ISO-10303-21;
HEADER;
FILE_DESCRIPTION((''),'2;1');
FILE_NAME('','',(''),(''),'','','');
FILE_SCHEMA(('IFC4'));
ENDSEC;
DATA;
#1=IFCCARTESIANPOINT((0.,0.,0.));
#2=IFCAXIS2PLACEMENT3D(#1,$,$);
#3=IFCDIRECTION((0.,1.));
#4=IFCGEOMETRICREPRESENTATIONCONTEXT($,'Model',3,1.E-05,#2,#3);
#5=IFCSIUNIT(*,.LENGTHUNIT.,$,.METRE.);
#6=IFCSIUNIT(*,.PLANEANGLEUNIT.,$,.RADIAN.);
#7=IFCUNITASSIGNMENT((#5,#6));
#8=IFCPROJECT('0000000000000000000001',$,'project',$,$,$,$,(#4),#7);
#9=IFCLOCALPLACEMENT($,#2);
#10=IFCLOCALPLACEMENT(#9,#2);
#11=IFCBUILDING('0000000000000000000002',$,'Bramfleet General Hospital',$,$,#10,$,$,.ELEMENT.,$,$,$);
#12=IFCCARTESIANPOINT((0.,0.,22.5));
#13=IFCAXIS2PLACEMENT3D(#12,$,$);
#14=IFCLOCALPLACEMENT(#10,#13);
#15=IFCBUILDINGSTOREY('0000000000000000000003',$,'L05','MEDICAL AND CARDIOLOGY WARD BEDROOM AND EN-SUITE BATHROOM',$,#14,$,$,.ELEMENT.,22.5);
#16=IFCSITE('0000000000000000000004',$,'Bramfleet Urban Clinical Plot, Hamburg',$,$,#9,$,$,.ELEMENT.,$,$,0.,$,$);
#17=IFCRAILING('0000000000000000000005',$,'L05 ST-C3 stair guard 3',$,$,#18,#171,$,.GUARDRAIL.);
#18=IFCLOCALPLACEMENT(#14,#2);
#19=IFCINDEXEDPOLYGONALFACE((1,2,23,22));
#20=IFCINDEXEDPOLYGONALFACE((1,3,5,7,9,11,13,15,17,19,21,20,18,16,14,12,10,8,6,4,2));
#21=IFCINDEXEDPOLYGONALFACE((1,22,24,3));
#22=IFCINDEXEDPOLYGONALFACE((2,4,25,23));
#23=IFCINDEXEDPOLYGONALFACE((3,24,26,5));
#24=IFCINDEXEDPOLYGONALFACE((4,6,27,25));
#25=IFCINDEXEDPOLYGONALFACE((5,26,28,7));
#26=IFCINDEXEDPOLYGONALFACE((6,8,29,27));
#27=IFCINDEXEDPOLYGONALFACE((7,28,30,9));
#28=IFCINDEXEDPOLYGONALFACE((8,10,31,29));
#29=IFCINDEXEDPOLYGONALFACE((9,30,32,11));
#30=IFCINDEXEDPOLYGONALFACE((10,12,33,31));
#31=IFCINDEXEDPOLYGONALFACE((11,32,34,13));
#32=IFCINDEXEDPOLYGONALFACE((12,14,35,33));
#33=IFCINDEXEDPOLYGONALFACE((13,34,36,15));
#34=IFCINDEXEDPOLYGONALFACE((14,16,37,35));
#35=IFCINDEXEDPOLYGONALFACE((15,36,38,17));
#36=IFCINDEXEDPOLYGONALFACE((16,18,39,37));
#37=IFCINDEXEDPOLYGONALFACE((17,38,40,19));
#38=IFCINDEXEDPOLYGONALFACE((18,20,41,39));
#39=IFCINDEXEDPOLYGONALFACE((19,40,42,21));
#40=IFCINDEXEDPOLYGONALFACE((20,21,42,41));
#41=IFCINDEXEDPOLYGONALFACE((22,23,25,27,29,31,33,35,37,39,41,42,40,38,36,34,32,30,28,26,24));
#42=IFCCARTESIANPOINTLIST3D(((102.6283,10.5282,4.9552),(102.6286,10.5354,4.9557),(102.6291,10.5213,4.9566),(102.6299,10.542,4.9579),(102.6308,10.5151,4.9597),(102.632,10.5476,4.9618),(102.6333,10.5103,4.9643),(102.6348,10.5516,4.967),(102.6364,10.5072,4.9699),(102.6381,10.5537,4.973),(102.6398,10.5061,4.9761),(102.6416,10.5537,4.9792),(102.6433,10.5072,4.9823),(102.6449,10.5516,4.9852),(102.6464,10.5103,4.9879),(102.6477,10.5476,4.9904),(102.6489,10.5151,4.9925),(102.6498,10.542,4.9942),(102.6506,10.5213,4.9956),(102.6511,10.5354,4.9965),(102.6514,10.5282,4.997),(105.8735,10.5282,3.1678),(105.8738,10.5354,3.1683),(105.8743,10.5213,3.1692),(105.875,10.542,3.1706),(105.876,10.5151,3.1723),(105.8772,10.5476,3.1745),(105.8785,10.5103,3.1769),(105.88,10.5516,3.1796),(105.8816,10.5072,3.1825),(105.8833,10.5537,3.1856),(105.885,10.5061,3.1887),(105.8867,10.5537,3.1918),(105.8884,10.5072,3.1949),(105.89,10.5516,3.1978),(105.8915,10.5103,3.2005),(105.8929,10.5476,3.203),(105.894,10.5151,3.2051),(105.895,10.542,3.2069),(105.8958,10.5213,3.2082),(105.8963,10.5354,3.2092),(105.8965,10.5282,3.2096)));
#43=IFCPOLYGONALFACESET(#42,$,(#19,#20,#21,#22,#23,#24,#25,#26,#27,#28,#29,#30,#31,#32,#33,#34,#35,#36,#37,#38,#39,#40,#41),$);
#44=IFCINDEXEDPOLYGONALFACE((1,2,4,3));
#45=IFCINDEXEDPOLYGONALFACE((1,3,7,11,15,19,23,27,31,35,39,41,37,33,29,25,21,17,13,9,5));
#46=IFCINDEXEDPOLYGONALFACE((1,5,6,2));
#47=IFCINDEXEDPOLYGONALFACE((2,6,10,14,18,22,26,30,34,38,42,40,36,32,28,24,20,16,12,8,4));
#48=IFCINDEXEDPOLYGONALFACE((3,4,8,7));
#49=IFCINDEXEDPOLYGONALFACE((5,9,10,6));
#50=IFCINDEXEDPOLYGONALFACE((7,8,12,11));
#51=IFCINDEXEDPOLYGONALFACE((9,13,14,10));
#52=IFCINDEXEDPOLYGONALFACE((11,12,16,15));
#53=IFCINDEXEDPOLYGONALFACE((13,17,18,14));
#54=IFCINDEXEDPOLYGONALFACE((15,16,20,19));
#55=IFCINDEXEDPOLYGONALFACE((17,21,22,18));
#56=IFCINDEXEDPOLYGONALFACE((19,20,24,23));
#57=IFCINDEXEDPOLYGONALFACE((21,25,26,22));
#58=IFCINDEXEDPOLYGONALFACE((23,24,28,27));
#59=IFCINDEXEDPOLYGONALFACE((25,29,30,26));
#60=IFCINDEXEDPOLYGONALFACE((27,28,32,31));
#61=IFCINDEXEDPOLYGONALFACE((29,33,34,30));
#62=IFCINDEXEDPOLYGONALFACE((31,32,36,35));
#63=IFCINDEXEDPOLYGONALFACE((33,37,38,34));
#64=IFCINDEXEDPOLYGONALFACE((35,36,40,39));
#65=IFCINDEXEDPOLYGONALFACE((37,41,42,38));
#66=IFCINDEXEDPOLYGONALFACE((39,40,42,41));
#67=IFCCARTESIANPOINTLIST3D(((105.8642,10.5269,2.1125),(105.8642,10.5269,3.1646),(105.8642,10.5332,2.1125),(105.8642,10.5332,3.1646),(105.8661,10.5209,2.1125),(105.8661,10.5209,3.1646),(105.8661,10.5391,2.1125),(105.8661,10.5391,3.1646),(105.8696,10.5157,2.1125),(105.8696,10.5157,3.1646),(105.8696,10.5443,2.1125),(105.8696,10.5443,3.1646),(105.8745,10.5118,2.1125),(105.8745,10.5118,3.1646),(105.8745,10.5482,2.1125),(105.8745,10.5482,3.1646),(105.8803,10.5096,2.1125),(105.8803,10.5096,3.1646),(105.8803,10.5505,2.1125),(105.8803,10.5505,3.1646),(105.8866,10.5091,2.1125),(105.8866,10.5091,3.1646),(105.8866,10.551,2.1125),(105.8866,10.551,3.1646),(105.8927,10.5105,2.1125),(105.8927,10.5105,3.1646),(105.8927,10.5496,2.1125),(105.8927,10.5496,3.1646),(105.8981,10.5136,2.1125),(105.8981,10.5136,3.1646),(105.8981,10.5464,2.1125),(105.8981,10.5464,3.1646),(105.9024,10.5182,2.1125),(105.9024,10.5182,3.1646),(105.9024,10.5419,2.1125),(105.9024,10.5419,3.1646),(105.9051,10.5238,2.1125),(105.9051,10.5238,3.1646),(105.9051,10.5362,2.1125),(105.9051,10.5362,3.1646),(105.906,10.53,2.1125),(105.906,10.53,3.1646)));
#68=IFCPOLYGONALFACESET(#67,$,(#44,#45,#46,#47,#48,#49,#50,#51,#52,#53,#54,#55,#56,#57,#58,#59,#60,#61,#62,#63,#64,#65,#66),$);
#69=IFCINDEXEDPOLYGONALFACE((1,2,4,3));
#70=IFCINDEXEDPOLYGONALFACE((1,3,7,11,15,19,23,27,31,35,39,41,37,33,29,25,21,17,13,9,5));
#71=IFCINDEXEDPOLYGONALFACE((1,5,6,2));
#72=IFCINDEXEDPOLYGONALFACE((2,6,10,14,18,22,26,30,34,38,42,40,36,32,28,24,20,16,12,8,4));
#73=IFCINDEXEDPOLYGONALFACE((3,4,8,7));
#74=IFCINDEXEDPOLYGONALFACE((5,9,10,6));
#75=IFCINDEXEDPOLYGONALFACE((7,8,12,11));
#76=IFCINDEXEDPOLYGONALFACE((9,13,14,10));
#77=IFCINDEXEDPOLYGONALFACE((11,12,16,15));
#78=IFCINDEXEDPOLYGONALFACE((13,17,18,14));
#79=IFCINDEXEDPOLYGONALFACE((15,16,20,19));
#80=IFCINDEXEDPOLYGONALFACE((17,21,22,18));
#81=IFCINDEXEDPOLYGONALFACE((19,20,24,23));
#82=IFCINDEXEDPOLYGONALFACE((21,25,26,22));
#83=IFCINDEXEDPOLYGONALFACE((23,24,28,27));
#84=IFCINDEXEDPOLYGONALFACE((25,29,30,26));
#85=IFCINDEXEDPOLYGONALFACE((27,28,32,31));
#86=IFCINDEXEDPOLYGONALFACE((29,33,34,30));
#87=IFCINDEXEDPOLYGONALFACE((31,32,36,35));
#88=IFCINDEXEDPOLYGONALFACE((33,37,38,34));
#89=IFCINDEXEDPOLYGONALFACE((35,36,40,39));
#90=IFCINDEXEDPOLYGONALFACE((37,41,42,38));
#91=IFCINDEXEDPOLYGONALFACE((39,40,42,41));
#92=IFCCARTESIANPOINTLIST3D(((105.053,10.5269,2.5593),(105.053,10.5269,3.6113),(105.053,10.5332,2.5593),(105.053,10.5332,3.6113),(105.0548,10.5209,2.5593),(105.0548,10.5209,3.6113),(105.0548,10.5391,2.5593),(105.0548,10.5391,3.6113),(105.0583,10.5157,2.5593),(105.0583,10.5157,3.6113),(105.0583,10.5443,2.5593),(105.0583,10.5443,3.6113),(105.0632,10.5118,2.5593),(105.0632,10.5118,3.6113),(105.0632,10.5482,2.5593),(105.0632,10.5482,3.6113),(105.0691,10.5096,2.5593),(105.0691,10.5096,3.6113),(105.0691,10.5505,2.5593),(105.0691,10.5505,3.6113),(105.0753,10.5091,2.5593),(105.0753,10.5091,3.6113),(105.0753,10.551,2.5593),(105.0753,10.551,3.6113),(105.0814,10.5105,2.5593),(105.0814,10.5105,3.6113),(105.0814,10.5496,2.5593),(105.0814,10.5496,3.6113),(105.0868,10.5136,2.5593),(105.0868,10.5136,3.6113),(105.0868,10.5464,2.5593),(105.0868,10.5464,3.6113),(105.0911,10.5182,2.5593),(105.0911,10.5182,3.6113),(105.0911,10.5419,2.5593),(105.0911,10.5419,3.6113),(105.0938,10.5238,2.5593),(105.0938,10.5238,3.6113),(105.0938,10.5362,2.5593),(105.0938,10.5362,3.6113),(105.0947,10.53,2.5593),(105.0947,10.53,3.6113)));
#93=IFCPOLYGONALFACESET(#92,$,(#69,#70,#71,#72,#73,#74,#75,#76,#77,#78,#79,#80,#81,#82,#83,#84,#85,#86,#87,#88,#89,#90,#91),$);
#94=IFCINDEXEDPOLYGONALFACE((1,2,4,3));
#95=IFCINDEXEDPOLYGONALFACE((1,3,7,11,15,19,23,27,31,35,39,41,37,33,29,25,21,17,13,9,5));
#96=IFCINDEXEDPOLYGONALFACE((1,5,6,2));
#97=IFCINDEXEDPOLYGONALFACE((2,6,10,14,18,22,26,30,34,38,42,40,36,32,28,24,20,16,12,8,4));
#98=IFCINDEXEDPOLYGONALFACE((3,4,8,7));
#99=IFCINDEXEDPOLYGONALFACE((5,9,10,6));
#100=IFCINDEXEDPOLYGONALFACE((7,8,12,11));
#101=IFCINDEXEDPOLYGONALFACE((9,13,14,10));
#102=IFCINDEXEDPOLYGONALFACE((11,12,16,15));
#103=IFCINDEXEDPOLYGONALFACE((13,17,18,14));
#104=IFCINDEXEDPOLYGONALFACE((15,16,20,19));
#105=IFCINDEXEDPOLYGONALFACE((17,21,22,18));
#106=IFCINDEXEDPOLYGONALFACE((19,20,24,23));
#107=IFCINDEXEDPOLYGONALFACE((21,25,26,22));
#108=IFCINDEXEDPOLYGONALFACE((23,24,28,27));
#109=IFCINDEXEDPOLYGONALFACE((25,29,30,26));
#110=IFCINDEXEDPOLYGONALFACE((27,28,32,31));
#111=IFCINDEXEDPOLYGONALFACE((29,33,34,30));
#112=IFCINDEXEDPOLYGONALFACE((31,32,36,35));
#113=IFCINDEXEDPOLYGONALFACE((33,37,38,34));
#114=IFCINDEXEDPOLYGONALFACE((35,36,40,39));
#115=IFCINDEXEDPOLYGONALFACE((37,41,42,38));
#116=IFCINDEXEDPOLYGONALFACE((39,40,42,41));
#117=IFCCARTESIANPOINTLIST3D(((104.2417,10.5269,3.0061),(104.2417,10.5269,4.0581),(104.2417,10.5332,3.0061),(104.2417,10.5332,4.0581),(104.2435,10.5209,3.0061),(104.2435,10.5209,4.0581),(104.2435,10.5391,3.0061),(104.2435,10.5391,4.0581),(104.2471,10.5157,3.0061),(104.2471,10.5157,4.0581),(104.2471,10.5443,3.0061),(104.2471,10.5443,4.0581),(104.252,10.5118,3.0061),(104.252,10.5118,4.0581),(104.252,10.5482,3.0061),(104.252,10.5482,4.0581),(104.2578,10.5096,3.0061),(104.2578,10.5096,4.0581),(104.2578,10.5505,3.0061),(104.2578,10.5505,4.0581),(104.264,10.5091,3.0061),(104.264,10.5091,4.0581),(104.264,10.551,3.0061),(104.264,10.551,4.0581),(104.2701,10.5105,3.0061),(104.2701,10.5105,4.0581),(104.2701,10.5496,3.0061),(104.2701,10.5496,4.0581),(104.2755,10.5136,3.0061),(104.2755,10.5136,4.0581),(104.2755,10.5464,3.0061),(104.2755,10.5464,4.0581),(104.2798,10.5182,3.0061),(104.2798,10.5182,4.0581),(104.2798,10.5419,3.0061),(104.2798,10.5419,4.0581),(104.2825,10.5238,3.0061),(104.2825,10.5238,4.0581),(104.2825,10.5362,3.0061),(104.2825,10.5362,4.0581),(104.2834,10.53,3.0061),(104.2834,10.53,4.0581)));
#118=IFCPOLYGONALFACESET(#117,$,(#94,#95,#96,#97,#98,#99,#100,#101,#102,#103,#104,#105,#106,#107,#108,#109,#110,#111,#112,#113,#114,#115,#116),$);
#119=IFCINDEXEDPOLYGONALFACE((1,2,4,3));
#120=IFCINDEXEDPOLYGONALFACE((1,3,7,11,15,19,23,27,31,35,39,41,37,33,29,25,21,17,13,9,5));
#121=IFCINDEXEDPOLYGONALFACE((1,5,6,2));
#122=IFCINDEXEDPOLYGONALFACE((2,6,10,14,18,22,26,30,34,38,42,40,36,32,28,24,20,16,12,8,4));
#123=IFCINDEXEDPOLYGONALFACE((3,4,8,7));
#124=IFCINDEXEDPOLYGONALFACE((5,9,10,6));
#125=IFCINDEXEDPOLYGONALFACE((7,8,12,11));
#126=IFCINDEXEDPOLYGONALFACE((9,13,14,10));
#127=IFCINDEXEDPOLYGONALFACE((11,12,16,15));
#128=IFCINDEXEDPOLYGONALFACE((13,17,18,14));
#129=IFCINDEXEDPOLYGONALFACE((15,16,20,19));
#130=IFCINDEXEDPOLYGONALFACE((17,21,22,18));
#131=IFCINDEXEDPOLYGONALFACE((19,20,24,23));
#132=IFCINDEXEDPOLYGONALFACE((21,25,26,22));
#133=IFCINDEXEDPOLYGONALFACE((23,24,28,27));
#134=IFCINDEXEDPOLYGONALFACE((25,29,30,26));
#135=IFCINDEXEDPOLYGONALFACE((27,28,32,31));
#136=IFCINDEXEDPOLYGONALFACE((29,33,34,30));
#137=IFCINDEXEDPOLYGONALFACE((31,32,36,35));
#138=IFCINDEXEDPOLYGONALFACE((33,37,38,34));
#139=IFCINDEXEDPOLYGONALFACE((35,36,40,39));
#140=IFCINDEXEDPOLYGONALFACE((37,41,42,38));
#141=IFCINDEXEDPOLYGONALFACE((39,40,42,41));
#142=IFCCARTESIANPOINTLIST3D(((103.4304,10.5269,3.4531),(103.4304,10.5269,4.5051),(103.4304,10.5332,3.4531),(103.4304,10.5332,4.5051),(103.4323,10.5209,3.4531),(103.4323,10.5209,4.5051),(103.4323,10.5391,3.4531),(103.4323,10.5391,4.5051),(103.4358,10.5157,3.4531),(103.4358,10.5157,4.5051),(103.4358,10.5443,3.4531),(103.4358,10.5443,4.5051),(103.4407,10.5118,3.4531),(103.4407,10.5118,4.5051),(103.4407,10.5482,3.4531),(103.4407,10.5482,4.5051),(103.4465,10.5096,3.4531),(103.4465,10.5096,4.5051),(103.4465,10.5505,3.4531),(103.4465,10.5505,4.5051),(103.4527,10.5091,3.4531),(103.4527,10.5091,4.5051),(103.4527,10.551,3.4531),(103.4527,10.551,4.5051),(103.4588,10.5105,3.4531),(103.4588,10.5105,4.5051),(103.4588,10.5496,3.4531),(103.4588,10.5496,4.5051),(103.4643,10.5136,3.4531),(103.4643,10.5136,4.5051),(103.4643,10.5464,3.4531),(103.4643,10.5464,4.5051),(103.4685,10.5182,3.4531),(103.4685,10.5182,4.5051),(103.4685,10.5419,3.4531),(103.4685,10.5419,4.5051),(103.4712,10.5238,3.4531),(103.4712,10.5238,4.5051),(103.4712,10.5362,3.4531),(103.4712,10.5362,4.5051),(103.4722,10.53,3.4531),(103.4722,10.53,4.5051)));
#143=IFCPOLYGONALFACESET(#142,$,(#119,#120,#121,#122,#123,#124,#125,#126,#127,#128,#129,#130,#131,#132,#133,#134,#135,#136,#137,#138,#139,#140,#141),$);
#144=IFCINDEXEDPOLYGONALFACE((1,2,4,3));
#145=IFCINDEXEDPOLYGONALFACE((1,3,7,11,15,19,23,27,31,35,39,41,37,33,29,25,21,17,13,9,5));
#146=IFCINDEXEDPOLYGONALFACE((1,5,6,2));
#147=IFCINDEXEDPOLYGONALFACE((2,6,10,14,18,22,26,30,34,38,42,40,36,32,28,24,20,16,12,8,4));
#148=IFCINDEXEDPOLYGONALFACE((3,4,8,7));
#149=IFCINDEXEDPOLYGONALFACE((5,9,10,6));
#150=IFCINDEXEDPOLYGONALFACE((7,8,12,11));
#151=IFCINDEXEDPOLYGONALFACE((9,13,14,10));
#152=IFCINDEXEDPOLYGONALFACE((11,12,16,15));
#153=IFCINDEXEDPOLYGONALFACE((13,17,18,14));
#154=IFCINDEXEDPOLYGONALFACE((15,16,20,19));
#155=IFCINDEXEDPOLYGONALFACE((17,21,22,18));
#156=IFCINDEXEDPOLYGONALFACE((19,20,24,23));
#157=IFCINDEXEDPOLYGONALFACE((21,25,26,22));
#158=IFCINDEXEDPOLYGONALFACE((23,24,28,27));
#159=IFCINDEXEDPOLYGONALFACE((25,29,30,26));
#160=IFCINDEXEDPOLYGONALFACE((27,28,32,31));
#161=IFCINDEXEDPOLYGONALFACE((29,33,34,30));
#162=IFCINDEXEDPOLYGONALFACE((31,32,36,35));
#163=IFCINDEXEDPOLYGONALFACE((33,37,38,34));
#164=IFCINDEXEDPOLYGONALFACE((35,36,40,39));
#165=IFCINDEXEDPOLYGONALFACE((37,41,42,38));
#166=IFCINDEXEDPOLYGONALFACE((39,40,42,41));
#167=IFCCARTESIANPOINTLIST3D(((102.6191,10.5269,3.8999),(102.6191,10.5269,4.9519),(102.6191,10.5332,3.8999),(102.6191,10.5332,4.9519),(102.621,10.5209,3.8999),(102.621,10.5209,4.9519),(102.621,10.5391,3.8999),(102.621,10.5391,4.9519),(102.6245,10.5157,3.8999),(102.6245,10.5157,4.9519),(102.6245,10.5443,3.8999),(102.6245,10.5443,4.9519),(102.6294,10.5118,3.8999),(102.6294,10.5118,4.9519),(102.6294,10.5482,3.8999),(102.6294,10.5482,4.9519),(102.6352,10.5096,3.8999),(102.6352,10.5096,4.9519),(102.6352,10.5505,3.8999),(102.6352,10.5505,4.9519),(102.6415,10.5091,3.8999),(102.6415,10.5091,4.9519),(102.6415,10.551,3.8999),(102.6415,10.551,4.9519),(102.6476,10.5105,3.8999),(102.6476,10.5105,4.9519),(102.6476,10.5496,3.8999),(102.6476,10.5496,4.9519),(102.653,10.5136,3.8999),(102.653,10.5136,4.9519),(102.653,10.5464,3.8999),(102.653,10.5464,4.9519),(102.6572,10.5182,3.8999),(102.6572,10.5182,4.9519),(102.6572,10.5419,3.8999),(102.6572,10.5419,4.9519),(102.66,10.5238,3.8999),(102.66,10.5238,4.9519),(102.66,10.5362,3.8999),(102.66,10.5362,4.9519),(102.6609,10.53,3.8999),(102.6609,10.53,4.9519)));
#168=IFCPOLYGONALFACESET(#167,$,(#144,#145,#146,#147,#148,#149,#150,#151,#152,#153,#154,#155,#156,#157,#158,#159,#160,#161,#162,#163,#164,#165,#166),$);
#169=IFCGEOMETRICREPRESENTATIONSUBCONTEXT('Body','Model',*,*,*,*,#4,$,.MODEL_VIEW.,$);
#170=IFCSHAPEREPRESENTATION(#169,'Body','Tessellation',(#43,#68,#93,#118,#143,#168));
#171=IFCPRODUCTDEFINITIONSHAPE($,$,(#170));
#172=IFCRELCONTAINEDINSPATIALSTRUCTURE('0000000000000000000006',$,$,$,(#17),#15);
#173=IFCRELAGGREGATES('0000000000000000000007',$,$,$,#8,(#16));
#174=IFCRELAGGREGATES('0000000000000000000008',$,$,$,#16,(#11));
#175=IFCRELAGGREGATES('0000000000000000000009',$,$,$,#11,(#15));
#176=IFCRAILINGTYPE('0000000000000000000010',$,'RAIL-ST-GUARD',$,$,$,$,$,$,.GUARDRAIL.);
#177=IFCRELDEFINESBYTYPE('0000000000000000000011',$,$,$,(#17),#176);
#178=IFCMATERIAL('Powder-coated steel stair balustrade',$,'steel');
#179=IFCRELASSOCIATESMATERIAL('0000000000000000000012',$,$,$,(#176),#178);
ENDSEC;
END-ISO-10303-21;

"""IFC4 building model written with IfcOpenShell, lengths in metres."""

from ifc_helpers import new_model, si_unit, direction, frame, origin, origin_2d, place, context, subcontext, project, spatial, circle, extrude, material, type_object, element, save


model = new_model("IFC4")

# Units and contexts
model_context = context("Model", 3, precision=1e-05, world=origin(), true_north=direction((0.0, 1.0)))
body_context = subcontext(model_context, "Body", "Model", "MODEL_VIEW")
ifc_project = project(units=[si_unit("LENGTHUNIT", "METRE"), si_unit("PLANEANGLEUNIT", "RADIAN")], contexts=[model_context])

# Site, building, storey
site_placement = place(None, origin())
site = spatial("IfcSite", under=ifc_project, at=site_placement, Name="Bramfleet Urban Clinical Plot, Hamburg", CompositionType="ELEMENT", RefElevation=0.0)
building_placement = place(site_placement, origin())
building = spatial("IfcBuilding", under=site, at=building_placement, Name="Bramfleet General Hospital", CompositionType="ELEMENT")
storey_placement = place(building_placement, frame((0.0, 0.0, 22.5)))
storey = spatial("IfcBuildingStorey", under=building, at=storey_placement, Name="L05", Description="MEDICAL AND CARDIOLOGY WARD BEDROOM AND EN-SUITE BATHROOM", CompositionType="ELEMENT", Elevation=22.5)

# Railing
ifc_material_1 = material(Name="Powder-coated steel stair balustrade", Category="steel")
railing_type_1 = type_object("IfcRailingType", Name="RAIL-ST-GUARD", PredefinedType="GUARDRAIL", material=ifc_material_1)
railing_1_placement = place(storey_placement, frame((105.885, 10.53, 2.1125)))
element("IfcRailing", 1, at=railing_1_placement, inside=storey, type_object=railing_type_1, Name="L05 ST-C3 stair guard 3", PredefinedType="GUARDRAIL", context=body_context, shape_type="SweptSolid", body=[
    extrude(circle(Radius=0.0239, at=origin_2d()), frame((0.0, 0.0, 1.0762), z_axis=(-0.875926, 0.0, 0.482445), x_axis=(0.0, -1.0, 0.0)), (0.0, 0.0, 1.0), 3.7048),
    extrude(circle(Radius=0.021, at=origin_2d()), origin(), (0.0, 0.0, 1.0), 1.052),
    extrude(circle(Radius=0.021, at=origin_2d()), frame((-0.8113, 0.0, 0.4468)), (0.0, 0.0, 1.0), 1.052),
    extrude(circle(Radius=0.021, at=origin_2d()), frame((-1.6226, 0.0, 0.8936)), (0.0, 0.0, 1.0), 1.052),
    extrude(circle(Radius=0.021, at=origin_2d()), frame((-2.4338, 0.0, 1.3406)), (0.0, 0.0, 1.0), 1.052),
    extrude(circle(Radius=0.021, at=origin_2d()), frame((-3.2451, 0.0, 1.7874)), (0.0, 0.0, 1.0), 1.052),
])

save(model, "model.ifc")
